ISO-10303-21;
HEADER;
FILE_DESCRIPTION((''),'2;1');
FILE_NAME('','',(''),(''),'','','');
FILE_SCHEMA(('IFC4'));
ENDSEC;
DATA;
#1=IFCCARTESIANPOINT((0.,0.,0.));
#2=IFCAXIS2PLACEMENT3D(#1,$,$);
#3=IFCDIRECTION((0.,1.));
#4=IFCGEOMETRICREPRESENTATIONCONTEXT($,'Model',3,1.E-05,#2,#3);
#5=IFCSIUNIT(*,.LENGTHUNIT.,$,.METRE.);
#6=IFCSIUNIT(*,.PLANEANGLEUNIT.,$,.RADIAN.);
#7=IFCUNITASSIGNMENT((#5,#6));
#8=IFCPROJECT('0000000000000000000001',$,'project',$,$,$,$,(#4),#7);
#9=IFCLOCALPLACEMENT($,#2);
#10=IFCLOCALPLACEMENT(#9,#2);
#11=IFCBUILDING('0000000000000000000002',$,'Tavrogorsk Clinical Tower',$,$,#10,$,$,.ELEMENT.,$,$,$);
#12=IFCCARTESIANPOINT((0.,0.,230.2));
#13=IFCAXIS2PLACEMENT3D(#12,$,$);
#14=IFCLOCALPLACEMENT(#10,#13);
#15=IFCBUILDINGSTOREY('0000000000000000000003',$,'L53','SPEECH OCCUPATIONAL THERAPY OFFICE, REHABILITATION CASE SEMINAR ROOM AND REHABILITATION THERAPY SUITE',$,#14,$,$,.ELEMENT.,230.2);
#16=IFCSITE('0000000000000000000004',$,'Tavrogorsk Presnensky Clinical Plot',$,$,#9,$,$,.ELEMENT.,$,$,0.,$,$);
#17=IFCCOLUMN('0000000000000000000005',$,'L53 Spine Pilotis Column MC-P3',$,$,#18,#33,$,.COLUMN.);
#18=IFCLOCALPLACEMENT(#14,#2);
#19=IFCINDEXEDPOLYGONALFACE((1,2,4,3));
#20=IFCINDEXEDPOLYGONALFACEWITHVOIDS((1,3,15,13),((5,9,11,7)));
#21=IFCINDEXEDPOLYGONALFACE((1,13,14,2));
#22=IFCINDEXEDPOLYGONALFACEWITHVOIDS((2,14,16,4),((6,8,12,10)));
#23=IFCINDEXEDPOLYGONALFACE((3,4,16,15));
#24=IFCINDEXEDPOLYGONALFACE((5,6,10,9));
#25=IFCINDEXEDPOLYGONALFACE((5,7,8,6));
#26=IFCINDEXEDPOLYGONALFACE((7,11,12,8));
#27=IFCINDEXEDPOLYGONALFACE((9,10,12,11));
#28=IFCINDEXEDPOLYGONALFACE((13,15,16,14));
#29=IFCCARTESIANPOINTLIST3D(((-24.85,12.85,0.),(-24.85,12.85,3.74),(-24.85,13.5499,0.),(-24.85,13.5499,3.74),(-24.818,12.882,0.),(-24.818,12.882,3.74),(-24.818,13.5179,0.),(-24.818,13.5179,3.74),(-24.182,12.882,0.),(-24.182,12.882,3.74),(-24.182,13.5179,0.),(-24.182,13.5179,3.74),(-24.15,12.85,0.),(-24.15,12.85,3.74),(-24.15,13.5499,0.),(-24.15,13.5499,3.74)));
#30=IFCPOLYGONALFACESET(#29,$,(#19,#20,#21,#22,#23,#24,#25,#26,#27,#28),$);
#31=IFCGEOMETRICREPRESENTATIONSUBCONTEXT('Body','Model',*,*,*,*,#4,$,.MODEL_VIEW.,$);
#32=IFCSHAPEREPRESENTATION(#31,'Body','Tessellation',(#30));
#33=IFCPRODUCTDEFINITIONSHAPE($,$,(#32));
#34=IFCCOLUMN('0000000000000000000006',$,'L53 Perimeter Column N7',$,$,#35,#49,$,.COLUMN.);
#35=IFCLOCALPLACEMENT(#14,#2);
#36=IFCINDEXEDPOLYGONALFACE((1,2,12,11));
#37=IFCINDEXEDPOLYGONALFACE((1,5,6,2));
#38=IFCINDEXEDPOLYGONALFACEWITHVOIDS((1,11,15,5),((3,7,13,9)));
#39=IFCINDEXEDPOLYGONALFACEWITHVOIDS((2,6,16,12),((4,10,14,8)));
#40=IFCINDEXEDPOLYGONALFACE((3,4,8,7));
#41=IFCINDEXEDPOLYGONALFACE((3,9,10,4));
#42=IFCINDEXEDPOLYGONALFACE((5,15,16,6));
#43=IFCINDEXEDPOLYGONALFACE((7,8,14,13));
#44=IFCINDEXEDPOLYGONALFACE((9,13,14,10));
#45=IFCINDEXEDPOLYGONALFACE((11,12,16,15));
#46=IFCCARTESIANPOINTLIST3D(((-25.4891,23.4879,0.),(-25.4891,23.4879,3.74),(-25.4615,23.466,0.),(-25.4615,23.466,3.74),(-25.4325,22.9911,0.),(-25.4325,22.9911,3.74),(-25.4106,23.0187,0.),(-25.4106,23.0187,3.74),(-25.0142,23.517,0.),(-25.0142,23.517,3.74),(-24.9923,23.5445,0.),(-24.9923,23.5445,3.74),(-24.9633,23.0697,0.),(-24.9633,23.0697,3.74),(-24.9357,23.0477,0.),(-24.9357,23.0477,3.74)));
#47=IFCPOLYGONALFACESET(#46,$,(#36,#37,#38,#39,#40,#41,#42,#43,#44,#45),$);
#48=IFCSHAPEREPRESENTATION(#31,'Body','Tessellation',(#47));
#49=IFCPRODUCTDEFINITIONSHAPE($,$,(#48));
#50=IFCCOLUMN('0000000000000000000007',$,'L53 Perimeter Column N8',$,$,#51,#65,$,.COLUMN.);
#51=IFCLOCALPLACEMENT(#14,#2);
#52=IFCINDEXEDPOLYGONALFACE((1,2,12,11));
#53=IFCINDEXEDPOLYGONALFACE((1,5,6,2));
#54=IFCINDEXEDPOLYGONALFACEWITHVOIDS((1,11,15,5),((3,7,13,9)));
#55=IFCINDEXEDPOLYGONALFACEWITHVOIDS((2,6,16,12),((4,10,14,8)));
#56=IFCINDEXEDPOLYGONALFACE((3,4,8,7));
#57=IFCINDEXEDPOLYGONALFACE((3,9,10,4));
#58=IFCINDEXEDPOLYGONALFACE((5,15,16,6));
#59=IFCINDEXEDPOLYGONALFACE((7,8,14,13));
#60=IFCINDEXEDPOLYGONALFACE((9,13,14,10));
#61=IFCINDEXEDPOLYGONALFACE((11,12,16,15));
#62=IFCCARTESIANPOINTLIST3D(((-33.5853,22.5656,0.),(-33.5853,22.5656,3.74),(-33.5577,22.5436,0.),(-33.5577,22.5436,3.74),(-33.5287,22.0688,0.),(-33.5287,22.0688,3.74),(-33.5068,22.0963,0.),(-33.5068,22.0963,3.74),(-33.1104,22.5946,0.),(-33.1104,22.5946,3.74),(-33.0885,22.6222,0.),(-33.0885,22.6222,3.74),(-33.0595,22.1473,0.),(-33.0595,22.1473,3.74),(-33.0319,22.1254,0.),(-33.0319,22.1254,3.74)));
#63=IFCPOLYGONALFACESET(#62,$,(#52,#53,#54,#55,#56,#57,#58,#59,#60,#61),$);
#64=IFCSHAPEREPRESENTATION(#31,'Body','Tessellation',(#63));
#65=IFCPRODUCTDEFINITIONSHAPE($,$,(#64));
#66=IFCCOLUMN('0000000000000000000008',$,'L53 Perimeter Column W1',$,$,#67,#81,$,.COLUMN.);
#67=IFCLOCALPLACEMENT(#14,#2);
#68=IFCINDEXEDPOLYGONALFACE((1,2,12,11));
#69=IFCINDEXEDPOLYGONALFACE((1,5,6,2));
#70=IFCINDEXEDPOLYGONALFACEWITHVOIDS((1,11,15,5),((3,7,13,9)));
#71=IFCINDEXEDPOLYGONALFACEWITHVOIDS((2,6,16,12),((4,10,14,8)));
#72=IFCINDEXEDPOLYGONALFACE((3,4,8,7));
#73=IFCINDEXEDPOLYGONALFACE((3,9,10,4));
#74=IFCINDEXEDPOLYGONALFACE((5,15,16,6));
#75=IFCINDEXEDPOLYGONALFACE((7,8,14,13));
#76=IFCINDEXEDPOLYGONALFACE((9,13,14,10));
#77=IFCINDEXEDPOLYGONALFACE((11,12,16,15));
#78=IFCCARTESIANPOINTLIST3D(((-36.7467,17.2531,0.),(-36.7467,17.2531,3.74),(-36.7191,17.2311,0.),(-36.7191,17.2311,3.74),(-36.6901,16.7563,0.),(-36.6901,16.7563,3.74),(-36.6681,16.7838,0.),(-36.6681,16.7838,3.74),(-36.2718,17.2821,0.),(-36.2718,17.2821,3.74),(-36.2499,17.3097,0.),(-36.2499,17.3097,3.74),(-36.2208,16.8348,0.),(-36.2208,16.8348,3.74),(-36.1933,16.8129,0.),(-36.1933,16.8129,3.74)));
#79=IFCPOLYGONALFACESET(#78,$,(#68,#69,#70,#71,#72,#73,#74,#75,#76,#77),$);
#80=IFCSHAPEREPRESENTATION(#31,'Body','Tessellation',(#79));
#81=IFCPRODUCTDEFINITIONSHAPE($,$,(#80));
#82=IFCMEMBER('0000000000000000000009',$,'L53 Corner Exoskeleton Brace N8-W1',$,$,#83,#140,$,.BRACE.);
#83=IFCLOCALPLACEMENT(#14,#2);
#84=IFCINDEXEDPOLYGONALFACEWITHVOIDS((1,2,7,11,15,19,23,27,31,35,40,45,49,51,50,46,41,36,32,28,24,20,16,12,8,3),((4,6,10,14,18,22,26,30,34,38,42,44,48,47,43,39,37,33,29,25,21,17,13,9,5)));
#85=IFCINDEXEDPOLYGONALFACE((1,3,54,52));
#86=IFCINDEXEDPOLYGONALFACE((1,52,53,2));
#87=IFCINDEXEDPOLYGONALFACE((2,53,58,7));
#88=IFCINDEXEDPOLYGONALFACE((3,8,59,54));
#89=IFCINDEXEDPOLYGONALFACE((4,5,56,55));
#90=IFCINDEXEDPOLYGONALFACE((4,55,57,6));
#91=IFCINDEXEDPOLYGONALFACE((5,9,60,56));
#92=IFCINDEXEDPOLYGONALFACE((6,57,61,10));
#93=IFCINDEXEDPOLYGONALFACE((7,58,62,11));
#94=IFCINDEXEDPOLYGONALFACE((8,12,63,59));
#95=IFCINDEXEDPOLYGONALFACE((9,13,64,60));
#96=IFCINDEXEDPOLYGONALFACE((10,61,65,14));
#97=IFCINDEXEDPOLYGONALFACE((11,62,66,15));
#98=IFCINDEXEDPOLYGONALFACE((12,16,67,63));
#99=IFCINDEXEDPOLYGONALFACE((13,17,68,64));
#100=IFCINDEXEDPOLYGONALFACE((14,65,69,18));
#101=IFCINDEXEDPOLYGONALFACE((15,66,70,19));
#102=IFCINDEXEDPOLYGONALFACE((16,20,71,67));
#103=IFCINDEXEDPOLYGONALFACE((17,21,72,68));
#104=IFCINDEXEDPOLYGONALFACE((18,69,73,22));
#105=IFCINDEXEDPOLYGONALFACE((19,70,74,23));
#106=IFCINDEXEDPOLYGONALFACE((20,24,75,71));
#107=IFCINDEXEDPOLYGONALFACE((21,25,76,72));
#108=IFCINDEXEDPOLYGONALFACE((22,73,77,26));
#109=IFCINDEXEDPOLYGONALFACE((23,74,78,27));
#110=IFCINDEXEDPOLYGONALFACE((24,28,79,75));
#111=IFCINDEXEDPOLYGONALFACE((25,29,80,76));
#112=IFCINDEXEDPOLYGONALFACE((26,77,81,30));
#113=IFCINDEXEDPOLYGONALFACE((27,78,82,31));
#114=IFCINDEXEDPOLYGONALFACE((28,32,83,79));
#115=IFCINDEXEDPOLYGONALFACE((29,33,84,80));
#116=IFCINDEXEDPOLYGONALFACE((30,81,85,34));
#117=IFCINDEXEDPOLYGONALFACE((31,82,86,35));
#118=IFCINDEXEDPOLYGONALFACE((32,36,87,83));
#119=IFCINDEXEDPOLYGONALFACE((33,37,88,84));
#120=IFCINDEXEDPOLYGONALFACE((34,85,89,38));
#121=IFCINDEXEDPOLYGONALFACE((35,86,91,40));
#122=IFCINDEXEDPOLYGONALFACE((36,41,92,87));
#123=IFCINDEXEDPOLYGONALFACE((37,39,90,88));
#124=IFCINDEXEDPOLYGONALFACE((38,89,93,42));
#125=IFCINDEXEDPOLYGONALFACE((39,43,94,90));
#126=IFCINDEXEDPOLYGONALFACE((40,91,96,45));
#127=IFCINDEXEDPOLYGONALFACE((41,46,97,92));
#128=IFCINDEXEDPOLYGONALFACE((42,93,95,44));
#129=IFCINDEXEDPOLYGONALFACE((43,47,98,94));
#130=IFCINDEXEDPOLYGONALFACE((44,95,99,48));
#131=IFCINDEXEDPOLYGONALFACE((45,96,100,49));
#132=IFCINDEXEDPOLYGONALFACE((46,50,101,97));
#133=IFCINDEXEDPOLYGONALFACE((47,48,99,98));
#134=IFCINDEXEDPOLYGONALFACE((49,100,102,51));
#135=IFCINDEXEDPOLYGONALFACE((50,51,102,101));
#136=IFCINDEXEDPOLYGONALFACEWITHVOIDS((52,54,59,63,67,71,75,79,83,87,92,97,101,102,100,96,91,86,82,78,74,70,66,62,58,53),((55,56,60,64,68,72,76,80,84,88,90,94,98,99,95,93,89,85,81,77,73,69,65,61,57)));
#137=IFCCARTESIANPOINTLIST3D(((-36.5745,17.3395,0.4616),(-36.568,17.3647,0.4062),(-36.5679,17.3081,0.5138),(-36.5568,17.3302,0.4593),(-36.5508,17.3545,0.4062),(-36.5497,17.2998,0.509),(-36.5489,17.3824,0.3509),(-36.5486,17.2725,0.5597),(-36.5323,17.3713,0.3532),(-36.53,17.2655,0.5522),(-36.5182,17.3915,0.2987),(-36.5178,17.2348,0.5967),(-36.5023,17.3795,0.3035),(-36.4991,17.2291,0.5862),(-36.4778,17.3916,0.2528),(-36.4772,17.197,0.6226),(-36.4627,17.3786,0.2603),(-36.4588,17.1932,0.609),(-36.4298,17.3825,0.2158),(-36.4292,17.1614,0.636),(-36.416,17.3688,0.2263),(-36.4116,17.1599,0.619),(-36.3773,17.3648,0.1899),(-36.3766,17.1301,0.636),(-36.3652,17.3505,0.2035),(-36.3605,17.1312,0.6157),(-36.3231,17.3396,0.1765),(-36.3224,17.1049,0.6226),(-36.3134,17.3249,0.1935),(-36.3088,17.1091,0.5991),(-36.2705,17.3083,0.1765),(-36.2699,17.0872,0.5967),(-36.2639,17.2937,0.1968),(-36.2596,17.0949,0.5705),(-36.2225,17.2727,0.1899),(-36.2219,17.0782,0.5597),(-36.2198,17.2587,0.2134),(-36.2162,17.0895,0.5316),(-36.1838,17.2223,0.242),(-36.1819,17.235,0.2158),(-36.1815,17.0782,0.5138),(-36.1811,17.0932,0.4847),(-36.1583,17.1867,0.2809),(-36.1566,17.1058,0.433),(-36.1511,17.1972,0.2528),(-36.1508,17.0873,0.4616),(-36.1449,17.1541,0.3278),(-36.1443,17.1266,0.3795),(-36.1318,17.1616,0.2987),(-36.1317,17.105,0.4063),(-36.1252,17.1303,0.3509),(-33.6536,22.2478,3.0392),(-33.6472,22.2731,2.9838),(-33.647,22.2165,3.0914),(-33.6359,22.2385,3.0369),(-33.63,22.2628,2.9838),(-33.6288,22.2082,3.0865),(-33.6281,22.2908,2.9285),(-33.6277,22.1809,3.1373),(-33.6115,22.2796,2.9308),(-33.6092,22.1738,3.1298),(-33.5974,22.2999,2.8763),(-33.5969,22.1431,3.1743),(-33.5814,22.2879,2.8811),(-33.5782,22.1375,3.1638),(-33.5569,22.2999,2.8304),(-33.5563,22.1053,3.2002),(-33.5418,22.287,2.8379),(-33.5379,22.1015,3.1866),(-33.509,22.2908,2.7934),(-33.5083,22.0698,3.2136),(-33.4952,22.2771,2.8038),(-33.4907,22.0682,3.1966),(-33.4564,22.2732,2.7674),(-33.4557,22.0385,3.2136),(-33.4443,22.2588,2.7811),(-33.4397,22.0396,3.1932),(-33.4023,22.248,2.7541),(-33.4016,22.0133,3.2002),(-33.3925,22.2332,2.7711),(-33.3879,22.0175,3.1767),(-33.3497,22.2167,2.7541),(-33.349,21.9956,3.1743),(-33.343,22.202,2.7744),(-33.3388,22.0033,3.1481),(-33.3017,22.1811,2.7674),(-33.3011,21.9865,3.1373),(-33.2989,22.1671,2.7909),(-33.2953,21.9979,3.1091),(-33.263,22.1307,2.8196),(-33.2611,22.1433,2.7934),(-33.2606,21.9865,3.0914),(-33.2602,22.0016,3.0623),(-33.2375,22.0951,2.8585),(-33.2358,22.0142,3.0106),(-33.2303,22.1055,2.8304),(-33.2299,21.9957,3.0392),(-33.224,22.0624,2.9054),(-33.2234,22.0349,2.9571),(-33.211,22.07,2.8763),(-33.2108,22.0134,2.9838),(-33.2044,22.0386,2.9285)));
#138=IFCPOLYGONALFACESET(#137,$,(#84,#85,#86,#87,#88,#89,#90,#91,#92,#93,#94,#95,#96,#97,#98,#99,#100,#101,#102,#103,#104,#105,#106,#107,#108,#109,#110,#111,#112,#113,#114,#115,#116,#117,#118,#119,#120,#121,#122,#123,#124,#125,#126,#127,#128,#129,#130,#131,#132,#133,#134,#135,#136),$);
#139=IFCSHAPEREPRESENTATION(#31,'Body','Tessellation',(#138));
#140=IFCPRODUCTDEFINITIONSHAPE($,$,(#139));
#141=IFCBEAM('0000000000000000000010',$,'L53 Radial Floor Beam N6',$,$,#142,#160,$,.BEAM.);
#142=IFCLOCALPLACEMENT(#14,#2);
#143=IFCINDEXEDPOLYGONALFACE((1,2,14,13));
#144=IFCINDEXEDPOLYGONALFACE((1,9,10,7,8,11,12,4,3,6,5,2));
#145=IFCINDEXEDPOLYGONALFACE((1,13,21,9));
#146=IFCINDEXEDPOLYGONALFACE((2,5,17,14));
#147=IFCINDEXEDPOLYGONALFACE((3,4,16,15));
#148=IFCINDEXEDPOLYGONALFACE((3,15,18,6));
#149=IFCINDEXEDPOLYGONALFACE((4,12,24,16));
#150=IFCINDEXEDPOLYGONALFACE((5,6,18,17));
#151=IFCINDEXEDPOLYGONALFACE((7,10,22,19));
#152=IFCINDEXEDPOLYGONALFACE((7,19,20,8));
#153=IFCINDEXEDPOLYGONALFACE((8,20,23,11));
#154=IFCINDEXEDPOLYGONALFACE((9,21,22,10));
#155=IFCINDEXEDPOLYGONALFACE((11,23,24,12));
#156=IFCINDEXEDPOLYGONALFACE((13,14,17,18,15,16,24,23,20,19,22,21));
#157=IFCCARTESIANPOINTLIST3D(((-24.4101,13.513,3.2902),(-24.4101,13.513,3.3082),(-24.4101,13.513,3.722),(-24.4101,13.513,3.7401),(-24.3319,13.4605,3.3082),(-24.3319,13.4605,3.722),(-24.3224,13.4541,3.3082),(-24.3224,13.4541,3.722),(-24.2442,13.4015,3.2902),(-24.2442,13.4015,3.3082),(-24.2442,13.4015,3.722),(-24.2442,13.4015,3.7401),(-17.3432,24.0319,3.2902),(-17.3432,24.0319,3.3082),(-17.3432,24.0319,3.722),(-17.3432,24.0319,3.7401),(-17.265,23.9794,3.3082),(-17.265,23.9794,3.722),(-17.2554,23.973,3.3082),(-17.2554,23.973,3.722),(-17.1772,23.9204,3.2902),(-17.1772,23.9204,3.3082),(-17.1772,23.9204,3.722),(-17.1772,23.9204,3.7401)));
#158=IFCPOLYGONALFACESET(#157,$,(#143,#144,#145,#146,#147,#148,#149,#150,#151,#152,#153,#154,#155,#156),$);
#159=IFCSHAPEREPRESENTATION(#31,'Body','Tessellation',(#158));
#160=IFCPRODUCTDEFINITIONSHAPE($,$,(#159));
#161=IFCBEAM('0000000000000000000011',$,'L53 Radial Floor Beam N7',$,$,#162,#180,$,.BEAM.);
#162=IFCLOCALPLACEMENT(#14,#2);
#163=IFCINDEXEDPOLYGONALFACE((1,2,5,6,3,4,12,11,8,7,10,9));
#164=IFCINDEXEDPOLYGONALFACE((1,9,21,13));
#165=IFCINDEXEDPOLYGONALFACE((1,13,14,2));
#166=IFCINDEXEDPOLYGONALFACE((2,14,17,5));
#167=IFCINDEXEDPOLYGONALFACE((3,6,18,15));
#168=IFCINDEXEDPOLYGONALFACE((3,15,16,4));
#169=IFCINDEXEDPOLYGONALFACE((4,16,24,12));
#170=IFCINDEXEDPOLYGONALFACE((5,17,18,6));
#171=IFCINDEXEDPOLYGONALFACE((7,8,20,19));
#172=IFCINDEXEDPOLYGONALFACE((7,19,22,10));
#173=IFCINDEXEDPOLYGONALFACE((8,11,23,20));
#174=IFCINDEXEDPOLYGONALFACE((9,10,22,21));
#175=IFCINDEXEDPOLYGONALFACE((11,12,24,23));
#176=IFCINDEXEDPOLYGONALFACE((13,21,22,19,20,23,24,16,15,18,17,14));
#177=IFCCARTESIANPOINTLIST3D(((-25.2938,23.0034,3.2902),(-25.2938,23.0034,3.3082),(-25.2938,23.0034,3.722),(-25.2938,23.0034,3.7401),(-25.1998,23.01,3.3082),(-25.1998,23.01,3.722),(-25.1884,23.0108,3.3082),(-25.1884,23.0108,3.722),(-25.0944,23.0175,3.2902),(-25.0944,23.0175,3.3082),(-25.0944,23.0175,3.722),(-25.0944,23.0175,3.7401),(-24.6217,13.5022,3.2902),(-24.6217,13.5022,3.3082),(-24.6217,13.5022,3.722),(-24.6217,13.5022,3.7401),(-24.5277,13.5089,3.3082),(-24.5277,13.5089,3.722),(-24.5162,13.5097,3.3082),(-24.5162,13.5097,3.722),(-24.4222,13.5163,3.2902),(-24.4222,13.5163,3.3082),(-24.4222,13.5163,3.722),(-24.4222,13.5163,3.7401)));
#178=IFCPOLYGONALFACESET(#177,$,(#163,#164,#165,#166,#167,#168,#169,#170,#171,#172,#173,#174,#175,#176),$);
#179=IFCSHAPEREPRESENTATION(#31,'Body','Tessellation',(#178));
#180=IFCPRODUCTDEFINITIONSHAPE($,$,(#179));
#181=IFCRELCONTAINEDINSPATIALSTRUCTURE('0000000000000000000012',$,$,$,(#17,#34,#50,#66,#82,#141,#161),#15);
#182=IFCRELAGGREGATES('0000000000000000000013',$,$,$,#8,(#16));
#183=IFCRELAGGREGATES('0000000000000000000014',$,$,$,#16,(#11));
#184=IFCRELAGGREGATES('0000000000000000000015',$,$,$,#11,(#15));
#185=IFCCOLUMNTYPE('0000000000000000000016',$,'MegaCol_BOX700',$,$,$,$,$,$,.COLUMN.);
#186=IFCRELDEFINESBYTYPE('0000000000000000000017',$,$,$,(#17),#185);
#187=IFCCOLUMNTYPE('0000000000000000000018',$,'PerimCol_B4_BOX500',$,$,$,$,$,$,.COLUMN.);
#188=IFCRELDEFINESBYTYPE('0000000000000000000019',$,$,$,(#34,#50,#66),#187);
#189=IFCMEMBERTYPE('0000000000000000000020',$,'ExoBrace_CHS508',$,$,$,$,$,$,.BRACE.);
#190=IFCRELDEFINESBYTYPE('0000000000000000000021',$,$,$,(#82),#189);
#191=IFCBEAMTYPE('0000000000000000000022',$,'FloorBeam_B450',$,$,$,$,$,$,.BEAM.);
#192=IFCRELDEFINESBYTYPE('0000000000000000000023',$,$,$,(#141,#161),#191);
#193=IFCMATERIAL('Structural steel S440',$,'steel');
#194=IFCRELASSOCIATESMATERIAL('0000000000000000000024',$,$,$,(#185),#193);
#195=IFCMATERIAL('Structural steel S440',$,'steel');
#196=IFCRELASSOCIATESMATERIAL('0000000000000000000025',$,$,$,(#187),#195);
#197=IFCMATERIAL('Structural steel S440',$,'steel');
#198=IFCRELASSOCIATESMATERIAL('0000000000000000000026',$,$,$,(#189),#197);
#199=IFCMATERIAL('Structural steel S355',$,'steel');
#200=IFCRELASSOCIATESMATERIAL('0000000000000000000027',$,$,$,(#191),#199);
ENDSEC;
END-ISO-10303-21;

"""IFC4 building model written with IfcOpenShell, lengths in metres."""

from ifc_helpers import new_model, si_unit, direction, frame, origin, origin_2d, place, context, subcontext, project, spatial, hollow_rectangle, hollow_circle, i_section, extrude, material, material_profile, profile_set, type_object, element, save


model = new_model("IFC4")

# Units and contexts
model_context = context("Model", 3, precision=1e-05, world=origin(), true_north=direction((0.0, 1.0)))
body_context = subcontext(model_context, "Body", "Model", "MODEL_VIEW")
ifc_project = project(units=[si_unit("LENGTHUNIT", "METRE"), si_unit("PLANEANGLEUNIT", "RADIAN")], contexts=[model_context])

# Site, building, storey
site_placement = place(None, origin())
site = spatial("IfcSite", under=ifc_project, at=site_placement, Name="Tavrogorsk Presnensky Clinical Plot", CompositionType="ELEMENT", RefElevation=0.0)
building_placement = place(site_placement, origin())
building = spatial("IfcBuilding", under=site, at=building_placement, Name="Tavrogorsk Clinical Tower", CompositionType="ELEMENT")
storey_placement = place(building_placement, frame((0.0, 0.0, 230.2)))
storey = spatial("IfcBuildingStorey", under=building, at=storey_placement, Name="L53", Description="SPEECH OCCUPATIONAL THERAPY OFFICE, REHABILITATION CASE SEMINAR ROOM AND REHABILITATION THERAPY SUITE", CompositionType="ELEMENT", Elevation=230.2)

# Columns
ifc_material_1 = material(Name="Structural steel S440", Category="steel")
ifc_material_profile_1 = material_profile(ifc_material_1, hollow_rectangle(XDim=0.7, YDim=0.7, WallThickness=0.032, at=origin_2d()), Name="BOX-700x700x32")
ifc_profile_set_1 = profile_set([ifc_material_profile_1], Name="Structural steel S440")
column_type_1 = type_object("IfcColumnType", Name="MegaCol_BOX700", PredefinedType="COLUMN", material=ifc_profile_set_1)
column_placement = place(storey_placement, frame((-24.5, 13.2, 0.0), z_axis=(0.0, 0.0, 1.0), x_axis=(1.0, 0.0, 0.0)))
element("IfcColumn", 1, at=column_placement, inside=storey, type_object=column_type_1, Name="L53 Spine Pilotis Column MC-P3", PredefinedType="COLUMN", context=body_context, shape_type="SweptSolid", body=[
    extrude(hollow_rectangle(XDim=0.7, YDim=0.7, WallThickness=0.032, at=origin_2d()), origin(), (0.0, 0.0, 1.0), 3.74),
])
ifc_material_2 = material(Name="Structural steel S440", Category="steel")
ifc_material_profile_2 = material_profile(ifc_material_2, hollow_rectangle(XDim=0.5, YDim=0.5, WallThickness=0.0249, at=origin_2d()), Name="BOX-500x500x25")
ifc_profile_set_2 = profile_set([ifc_material_profile_2], Name="Structural steel S440")
column_type_2 = type_object("IfcColumnType", Name="PerimCol_B4_BOX500", PredefinedType="COLUMN", material=ifc_profile_set_2)
for number, where, z_axis, x_axis, name in (
    (2, (-25.2124, 23.2678, 0.0), (0.0, 0.0, 1.0), (0.993572, 0.113203, 0.0), "L53 Perimeter Column N7"),
    (3, (-33.3086, 22.3455, 0.0), (0.0, 0.0, 1.0), (0.993572, 0.113203, 0.0), "L53 Perimeter Column N8"),
    (4, (-36.47, 17.033, 0.0), (0.0, 0.0, 1.0), (0.993572, 0.113203, 0.0), "L53 Perimeter Column W1"),
):
    element("IfcColumn", number, at=place(storey_placement, frame(where, z_axis=z_axis, x_axis=x_axis)), inside=storey, type_object=column_type_2, Name=name, PredefinedType="COLUMN", context=body_context, shape_type="SweptSolid", body=[
        extrude(hollow_rectangle(XDim=0.5, YDim=0.5, WallThickness=0.0249, at=origin_2d()), origin(), (0.0, 0.0, 1.0), 3.74),
    ])

# Member
ifc_material_3 = material(Name="Structural steel S440", Category="steel")
ifc_material_profile_3 = material_profile(ifc_material_3, hollow_circle(Radius=0.2539, WallThickness=0.02, at=origin_2d()), Name="CHS-508x20")
ifc_profile_set_3 = profile_set([ifc_material_profile_3], Name="Structural steel S440")
member_type = type_object("IfcMemberType", Name="ExoBrace_CHS508", PredefinedType="BRACE", material=ifc_profile_set_3)
member_placement = place(storey_placement, frame((-36.3499, 17.2349, 0.4062), z_axis=(0.466115, 0.783287, 0.411338), x_axis=(-0.859354, 0.511381, 0.0)))
element("IfcMember", 5, at=member_placement, inside=storey, type_object=member_type, Name="L53 Corner Exoskeleton Brace N8-W1", PredefinedType="BRACE", context=body_context, shape_type="SweptSolid", body=[
    extrude(hollow_circle(Radius=0.2539, WallThickness=0.02, at=origin_2d()), origin(), (0.0, 0.0, 1.0), 6.2664),
])

# Beams
ifc_material_4 = material(Name="Structural steel S355", Category="steel")
ifc_material_profile_4 = material_profile(ifc_material_4, i_section(OverallWidth=0.2, OverallDepth=0.45, WebThickness=0.0115, FlangeThickness=0.0181, at=origin_2d()), Name="B-450x200x11.5x18")
ifc_profile_set_4 = profile_set([ifc_material_profile_4], Name="Structural steel S355")
beam_type_1 = type_object("IfcBeamType", Name="FloorBeam_B450", PredefinedType="BEAM", material=ifc_profile_set_4)
beam_1_placement = place(storey_placement, frame((-24.3271, 13.4573, 3.5151), z_axis=(0.557667, 0.830065, 0.0), x_axis=(-0.830065, 0.557667, 0.0)))
element("IfcBeam", 6, at=beam_1_placement, inside=storey, type_object=beam_type_1, Name="L53 Radial Floor Beam N6", PredefinedType="BEAM", context=body_context, shape_type="SweptSolid", body=[
    extrude(i_section(OverallWidth=0.2, OverallDepth=0.45, WebThickness=0.0115, FlangeThickness=0.0181, at=origin_2d()), origin(), (0.0, 0.0, 1.0), 12.6724),
])
beam_2_placement = place(storey_placement, frame((-24.522, 13.5093, 3.5151), z_axis=(-0.070564, 0.997507, 0.0), x_axis=(-0.997507, -0.070564, 0.0)))
element("IfcBeam", 7, at=beam_2_placement, inside=storey, type_object=beam_type_1, Name="L53 Radial Floor Beam N7", PredefinedType="BEAM", context=body_context, shape_type="SweptSolid", body=[
    extrude(i_section(OverallWidth=0.2, OverallDepth=0.45, WebThickness=0.0115, FlangeThickness=0.0181, at=origin_2d()), origin(), (0.0, 0.0, 1.0), 9.5249),
])

save(model, "model.ifc")
